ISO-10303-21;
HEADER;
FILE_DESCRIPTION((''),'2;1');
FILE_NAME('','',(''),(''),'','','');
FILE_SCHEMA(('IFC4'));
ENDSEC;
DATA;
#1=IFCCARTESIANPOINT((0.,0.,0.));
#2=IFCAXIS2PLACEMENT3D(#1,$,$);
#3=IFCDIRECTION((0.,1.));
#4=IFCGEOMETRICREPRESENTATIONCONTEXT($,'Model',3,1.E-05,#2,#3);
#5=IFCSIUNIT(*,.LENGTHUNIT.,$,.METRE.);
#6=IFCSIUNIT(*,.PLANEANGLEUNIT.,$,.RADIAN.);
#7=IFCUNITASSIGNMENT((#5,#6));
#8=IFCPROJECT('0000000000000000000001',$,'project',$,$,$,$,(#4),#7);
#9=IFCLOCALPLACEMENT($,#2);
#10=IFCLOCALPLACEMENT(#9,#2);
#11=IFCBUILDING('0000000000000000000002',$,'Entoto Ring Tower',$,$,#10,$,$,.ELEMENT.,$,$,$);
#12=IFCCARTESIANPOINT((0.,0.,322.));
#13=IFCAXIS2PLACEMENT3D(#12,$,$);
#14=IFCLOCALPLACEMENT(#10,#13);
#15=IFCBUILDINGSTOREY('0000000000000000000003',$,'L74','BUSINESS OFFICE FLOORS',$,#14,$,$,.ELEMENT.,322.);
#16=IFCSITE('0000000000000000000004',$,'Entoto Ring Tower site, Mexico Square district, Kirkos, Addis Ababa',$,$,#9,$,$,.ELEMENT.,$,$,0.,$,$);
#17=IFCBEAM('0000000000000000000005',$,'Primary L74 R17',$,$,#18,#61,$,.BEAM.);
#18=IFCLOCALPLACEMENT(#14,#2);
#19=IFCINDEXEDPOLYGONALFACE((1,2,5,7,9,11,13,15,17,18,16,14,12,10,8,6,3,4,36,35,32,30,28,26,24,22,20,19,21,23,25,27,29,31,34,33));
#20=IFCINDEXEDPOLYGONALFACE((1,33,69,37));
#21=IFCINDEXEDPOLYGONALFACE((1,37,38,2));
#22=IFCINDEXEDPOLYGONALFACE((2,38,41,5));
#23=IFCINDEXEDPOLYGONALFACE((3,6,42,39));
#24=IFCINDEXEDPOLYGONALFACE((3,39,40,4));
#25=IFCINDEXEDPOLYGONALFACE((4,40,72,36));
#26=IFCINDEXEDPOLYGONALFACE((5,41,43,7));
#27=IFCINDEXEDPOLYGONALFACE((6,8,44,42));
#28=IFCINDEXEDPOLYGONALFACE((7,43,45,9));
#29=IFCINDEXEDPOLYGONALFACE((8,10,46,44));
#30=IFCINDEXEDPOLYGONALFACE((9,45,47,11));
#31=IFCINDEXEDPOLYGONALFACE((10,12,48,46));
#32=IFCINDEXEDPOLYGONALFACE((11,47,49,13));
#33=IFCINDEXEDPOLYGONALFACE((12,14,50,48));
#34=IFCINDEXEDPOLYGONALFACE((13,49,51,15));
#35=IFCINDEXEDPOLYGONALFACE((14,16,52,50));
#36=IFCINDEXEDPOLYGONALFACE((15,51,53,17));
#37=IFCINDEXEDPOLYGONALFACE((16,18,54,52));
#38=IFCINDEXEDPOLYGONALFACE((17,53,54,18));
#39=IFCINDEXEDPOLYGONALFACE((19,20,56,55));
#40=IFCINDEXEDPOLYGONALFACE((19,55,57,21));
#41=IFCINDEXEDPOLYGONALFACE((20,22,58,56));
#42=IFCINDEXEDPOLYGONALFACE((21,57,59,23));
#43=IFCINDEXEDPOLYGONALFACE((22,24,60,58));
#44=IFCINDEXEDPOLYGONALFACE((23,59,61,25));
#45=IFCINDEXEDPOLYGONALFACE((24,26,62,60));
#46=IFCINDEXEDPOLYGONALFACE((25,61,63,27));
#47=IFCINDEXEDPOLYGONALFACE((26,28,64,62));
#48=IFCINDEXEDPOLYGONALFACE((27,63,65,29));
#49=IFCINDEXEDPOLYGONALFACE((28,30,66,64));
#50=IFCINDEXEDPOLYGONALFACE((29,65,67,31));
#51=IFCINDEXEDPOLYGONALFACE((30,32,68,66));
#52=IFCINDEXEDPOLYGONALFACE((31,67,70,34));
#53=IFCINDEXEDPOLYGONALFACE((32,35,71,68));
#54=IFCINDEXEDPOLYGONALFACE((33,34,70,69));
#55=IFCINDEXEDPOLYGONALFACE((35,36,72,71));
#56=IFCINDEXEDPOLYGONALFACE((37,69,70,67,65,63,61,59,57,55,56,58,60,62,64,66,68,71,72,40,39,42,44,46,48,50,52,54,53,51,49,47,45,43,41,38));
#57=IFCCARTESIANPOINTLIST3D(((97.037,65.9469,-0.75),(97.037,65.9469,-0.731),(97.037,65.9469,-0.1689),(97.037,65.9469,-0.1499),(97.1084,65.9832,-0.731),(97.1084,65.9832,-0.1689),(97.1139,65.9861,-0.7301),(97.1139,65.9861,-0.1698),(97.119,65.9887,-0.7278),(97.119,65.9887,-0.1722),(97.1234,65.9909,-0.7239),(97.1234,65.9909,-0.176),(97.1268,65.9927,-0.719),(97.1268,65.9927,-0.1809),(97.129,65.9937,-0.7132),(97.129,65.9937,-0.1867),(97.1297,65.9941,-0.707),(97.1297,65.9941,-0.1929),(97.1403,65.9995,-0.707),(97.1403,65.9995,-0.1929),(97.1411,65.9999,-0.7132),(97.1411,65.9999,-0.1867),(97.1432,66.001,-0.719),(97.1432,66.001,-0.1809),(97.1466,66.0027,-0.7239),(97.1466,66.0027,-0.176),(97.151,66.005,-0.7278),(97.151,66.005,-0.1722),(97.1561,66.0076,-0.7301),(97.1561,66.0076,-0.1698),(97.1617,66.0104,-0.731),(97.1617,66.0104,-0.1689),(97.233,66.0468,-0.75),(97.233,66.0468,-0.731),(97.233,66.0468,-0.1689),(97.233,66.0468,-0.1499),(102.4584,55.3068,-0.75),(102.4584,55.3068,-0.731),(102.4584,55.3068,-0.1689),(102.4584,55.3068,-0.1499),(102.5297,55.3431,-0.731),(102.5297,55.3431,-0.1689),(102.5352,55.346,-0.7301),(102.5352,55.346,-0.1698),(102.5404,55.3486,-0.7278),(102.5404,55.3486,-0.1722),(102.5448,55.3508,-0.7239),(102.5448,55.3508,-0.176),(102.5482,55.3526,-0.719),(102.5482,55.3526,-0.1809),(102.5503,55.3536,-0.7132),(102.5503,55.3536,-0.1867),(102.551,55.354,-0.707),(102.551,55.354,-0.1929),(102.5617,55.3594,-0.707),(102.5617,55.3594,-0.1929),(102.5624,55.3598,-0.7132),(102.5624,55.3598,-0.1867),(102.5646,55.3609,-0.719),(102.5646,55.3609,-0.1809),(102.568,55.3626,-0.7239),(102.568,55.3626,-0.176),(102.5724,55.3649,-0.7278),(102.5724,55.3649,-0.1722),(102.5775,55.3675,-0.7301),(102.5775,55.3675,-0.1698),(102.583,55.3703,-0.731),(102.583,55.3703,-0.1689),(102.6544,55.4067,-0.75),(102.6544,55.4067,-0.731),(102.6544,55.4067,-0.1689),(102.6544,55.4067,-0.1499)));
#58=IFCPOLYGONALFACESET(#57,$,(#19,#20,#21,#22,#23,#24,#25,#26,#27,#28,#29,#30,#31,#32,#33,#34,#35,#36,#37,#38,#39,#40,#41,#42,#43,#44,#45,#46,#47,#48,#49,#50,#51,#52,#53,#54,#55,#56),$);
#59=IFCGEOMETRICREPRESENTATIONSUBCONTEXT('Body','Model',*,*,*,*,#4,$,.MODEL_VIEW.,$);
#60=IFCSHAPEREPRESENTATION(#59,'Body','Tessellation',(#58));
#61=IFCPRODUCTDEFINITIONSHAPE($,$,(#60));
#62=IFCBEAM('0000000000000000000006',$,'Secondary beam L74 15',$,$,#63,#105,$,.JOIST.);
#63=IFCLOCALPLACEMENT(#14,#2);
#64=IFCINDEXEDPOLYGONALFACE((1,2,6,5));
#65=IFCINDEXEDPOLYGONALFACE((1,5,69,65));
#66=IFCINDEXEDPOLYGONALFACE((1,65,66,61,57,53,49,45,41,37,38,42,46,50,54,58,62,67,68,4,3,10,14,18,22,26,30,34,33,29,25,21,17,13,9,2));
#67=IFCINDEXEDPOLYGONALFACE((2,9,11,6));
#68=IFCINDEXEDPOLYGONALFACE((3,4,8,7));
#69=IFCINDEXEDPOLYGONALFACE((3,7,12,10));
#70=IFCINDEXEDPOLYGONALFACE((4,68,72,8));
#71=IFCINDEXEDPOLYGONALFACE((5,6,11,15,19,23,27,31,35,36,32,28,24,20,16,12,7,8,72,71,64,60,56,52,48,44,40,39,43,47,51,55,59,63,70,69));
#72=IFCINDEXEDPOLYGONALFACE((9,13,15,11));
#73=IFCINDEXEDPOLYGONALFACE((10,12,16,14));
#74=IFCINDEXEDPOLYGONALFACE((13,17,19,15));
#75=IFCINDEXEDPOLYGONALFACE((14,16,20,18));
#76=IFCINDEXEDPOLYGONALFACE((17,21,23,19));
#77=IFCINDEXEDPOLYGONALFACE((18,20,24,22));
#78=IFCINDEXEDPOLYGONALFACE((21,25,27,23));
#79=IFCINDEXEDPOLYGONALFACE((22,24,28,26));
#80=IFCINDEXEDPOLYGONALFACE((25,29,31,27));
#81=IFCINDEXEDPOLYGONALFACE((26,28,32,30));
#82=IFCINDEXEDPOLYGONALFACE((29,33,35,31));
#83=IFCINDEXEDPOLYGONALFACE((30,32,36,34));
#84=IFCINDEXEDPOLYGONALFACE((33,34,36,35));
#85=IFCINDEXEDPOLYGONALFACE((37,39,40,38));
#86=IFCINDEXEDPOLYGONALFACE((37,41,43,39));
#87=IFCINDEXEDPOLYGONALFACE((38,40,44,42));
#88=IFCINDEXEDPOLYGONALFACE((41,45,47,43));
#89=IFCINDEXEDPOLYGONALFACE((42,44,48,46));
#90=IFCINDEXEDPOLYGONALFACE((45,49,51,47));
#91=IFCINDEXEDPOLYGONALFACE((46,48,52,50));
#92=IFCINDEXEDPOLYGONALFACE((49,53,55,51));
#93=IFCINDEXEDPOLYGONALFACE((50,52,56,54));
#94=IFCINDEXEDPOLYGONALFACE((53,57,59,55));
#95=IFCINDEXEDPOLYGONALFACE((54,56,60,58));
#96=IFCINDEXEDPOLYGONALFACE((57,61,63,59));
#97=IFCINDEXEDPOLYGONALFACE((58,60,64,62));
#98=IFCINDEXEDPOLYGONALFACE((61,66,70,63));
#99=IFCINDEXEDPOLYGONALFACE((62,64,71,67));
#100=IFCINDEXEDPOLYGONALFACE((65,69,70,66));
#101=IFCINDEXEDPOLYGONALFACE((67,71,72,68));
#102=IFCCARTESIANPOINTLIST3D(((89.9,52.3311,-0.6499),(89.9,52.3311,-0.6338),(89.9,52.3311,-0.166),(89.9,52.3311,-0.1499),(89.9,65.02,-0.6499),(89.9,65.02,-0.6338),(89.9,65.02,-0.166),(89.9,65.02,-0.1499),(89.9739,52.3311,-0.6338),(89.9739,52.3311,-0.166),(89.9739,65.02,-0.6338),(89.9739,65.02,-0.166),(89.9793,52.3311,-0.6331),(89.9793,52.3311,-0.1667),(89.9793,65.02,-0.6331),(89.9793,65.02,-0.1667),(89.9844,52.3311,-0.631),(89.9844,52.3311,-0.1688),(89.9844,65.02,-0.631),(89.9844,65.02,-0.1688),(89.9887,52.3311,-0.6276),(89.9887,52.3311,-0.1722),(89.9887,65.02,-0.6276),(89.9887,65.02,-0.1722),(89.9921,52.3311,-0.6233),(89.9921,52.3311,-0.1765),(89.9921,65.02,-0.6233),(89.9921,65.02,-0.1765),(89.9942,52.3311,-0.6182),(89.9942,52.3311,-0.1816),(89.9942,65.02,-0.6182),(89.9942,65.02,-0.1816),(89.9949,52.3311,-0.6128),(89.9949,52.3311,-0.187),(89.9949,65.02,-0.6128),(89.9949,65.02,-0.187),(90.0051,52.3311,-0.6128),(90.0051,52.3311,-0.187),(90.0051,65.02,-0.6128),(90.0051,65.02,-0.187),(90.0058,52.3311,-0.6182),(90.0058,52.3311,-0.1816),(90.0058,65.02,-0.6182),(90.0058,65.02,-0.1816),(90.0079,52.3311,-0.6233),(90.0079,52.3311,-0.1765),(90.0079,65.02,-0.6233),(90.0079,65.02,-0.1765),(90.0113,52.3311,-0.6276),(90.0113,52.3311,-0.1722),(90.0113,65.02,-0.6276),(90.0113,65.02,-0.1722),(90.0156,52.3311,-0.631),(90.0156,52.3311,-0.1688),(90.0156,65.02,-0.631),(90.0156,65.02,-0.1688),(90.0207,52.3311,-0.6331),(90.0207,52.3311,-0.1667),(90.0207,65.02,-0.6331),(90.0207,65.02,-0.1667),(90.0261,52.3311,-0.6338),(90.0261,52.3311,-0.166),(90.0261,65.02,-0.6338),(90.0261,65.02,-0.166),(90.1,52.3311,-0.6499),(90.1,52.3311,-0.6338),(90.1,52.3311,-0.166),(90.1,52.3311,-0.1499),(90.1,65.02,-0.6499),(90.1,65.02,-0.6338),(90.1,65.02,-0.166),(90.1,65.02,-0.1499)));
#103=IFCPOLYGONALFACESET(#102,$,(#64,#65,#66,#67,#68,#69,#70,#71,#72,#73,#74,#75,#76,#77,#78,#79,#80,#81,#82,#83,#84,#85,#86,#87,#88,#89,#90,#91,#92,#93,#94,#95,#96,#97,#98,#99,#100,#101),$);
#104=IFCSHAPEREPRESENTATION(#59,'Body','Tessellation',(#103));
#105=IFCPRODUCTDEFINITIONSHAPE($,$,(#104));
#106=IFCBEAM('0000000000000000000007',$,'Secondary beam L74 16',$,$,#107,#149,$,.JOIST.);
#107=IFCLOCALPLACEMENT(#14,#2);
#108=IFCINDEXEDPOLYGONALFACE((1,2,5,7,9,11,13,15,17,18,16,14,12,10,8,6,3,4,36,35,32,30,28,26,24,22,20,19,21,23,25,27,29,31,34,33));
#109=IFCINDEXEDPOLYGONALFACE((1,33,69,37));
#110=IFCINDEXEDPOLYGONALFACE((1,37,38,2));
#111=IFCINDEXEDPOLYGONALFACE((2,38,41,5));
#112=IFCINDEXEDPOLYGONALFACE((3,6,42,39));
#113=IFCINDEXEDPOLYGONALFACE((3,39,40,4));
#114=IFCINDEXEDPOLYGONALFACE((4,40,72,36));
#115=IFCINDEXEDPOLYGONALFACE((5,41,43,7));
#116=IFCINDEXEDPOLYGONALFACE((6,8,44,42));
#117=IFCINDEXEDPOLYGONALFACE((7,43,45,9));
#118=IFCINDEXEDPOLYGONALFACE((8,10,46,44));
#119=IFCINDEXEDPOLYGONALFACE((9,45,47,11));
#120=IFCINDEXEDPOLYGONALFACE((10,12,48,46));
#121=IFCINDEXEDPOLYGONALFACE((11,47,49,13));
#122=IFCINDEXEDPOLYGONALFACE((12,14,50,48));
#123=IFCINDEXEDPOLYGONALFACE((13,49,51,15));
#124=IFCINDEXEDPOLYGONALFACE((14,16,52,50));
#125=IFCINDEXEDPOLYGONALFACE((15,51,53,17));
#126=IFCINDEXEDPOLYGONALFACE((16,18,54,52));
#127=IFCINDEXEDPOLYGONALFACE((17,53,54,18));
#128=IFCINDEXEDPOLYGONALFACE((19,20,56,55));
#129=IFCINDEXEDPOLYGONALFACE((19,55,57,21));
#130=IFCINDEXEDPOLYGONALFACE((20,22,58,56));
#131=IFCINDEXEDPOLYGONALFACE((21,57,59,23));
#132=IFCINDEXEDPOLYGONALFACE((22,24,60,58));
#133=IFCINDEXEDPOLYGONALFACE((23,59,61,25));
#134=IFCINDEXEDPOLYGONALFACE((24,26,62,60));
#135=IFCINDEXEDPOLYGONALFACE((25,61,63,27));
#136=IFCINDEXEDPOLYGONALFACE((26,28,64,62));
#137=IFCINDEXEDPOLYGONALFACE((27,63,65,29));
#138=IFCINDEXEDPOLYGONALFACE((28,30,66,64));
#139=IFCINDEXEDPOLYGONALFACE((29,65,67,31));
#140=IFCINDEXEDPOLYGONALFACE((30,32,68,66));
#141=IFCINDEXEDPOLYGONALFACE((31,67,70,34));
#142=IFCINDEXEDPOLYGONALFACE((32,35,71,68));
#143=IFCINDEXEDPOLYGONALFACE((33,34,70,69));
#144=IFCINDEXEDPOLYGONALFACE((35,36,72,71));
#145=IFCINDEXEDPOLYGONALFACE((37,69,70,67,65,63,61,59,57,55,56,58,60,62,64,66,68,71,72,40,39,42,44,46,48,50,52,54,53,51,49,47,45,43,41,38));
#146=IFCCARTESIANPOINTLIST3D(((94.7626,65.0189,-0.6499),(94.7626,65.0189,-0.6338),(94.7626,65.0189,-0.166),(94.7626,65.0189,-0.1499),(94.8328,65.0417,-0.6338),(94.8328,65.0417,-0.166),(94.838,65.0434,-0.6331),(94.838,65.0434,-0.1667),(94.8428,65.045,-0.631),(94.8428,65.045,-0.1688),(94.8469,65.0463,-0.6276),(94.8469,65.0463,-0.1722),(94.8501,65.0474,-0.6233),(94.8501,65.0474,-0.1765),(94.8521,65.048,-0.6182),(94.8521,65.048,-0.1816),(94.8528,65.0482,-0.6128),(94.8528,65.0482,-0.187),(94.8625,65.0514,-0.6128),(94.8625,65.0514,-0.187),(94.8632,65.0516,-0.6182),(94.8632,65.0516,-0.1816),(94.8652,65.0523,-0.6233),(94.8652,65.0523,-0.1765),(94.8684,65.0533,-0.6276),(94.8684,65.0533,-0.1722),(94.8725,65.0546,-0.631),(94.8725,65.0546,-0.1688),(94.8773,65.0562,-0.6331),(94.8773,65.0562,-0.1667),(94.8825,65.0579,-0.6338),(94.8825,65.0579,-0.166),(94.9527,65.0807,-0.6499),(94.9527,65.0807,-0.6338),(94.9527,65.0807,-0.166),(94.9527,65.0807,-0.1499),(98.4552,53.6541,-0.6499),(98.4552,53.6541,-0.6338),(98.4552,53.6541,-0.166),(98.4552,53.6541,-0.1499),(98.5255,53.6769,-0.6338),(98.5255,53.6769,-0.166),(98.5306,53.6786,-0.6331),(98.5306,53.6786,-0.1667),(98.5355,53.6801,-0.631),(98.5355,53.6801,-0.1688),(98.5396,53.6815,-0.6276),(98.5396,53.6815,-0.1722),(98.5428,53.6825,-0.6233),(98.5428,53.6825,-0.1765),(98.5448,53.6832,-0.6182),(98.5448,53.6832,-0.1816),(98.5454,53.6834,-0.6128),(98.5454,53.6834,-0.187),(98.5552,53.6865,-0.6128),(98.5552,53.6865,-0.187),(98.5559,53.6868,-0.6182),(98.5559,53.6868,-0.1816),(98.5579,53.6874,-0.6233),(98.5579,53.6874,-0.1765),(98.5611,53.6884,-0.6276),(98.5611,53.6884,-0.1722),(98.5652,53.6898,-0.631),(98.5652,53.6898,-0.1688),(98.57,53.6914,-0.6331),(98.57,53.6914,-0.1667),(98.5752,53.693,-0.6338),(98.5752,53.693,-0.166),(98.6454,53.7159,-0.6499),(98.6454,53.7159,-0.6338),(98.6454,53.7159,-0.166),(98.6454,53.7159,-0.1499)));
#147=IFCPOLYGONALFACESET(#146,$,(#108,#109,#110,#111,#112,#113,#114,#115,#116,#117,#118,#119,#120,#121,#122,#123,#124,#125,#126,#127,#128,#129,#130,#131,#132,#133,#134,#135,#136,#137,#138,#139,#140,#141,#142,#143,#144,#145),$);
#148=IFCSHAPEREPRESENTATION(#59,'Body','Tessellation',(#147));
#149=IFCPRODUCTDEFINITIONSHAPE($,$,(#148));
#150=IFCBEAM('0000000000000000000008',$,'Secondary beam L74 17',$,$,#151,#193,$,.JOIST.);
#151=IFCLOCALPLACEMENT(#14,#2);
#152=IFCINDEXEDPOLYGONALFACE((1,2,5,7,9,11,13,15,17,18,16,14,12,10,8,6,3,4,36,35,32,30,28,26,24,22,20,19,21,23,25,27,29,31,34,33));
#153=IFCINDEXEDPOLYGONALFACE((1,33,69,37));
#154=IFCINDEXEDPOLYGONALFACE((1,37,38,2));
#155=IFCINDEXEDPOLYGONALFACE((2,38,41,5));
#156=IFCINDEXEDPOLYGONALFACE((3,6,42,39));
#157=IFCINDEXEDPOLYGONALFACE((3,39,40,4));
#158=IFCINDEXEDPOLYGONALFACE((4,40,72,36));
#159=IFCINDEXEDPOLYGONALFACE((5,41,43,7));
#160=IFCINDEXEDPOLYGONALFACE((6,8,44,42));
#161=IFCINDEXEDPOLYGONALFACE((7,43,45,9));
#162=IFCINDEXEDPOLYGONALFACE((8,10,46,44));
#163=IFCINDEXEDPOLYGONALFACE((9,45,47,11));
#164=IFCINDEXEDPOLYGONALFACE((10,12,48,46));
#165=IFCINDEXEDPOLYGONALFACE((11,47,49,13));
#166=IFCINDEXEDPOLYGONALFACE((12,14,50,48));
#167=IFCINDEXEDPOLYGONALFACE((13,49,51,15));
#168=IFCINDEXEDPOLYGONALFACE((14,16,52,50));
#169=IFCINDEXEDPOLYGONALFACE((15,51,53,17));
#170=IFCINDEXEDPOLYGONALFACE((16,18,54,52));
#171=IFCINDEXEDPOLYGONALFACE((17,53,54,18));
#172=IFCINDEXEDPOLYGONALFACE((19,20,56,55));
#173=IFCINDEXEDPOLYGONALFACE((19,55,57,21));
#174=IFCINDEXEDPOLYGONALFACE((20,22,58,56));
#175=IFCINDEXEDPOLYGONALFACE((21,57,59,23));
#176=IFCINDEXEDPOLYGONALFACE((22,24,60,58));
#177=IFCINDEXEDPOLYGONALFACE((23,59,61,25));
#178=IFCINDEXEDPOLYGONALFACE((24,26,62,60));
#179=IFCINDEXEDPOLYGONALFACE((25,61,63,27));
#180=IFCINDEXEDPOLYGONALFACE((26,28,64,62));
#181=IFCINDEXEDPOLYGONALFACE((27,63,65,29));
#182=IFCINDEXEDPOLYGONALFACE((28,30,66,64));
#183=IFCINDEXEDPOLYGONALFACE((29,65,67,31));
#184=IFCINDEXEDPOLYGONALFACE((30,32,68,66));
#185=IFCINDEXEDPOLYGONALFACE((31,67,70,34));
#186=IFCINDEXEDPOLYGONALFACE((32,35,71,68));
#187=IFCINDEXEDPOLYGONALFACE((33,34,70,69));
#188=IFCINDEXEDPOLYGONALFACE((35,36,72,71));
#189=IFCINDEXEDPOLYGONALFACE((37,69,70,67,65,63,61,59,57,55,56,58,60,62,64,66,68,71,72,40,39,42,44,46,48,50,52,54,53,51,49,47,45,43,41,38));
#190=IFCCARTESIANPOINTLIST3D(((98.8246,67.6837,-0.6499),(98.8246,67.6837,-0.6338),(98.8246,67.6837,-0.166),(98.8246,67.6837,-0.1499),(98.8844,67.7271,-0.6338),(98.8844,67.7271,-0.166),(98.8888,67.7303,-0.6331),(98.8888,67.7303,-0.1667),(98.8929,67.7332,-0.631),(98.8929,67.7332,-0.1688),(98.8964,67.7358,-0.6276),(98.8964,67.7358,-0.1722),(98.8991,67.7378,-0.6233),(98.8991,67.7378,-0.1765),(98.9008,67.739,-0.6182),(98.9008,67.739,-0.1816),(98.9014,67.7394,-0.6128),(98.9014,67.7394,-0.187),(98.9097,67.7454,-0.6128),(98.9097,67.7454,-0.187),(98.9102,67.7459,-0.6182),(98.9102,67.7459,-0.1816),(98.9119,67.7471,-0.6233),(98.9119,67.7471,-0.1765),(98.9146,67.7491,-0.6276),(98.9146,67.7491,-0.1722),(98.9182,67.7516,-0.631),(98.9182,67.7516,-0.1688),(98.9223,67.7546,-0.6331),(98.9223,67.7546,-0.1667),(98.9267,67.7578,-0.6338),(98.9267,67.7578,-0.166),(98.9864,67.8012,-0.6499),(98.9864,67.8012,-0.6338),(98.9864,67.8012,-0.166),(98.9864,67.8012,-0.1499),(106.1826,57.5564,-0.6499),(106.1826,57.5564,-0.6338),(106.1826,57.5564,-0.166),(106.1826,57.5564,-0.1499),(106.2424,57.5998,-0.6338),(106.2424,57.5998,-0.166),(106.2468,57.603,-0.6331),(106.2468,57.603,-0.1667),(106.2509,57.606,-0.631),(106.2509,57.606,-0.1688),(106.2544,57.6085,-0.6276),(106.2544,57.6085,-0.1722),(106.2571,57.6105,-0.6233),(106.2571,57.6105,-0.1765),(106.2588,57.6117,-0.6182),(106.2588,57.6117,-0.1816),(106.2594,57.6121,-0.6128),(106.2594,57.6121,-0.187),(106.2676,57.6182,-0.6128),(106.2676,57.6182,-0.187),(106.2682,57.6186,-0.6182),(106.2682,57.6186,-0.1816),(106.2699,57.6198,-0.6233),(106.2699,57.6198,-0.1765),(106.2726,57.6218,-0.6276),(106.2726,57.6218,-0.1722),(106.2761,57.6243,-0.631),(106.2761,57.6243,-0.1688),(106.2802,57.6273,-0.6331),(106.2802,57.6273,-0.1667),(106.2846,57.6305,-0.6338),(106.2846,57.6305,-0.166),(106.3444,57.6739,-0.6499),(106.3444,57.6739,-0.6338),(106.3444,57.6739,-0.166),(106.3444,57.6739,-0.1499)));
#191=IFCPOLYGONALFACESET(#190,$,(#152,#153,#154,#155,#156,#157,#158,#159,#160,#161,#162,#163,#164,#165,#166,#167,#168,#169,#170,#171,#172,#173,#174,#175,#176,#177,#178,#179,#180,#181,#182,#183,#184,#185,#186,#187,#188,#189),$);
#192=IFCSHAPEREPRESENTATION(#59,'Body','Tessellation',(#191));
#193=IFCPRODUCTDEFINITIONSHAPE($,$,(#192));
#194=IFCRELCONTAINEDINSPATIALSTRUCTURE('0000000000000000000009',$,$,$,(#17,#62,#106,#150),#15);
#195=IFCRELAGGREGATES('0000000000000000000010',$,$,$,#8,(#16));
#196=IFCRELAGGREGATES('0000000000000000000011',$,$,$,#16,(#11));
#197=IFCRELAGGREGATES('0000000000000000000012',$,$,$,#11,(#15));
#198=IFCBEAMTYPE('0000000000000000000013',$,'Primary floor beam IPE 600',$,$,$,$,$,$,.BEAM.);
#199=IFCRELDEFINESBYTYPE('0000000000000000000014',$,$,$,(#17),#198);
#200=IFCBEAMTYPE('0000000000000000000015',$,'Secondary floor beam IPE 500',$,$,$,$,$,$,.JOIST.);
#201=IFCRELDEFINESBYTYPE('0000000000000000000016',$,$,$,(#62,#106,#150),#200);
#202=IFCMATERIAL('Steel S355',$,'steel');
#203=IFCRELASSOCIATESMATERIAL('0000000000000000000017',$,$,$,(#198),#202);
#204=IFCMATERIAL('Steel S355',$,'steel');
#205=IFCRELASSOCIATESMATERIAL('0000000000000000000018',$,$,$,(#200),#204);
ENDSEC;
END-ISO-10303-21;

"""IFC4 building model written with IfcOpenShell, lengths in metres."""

from ifc_helpers import new_model, si_unit, direction, frame, origin, origin_2d, place, context, subcontext, project, spatial, i_section, extrude, material, material_profile, profile_set, type_object, element, save


model = new_model("IFC4")

# Units and contexts
model_context = context("Model", 3, precision=1e-05, world=origin(), true_north=direction((0.0, 1.0)))
body_context = subcontext(model_context, "Body", "Model", "MODEL_VIEW")
ifc_project = project(units=[si_unit("LENGTHUNIT", "METRE"), si_unit("PLANEANGLEUNIT", "RADIAN")], contexts=[model_context])

# Site, building, storey
site_placement = place(None, origin())
site = spatial("IfcSite", under=ifc_project, at=site_placement, Name="Entoto Ring Tower site, Mexico Square district, Kirkos, Addis Ababa", CompositionType="ELEMENT", RefElevation=0.0)
building_placement = place(site_placement, origin())
building = spatial("IfcBuilding", under=site, at=building_placement, Name="Entoto Ring Tower", CompositionType="ELEMENT")
storey_placement = place(building_placement, frame((0.0, 0.0, 322.0)))
storey = spatial("IfcBuildingStorey", under=building, at=storey_placement, Name="L74", Description="BUSINESS OFFICE FLOORS", CompositionType="ELEMENT", Elevation=322.0)

# Beams
ifc_material_1 = material(Name="Steel S355", Category="steel")
ifc_material_profile_1 = material_profile(ifc_material_1, i_section(OverallWidth=0.22, OverallDepth=0.6001, WebThickness=0.012, FlangeThickness=0.019, FilletRadius=0.0239, at=origin_2d()), Name="IPE 600")
ifc_profile_set_1 = profile_set([ifc_material_profile_1], Name="Steel S355")
beam_type_1 = type_object("IfcBeamType", Name="Primary floor beam IPE 600", PredefinedType="BEAM", material=ifc_profile_set_1)
beam_1_placement = place(storey_placement, frame((97.135, 65.9968, -0.45), z_axis=(0.453988, -0.891008, 0.0), x_axis=(0.891008, 0.453988, 0.0)))
element("IfcBeam", 1, at=beam_1_placement, inside=storey, type_object=beam_type_1, Name="Primary L74 R17", PredefinedType="BEAM", context=body_context, shape_type="SweptSolid", body=[
    extrude(i_section(OverallWidth=0.22, OverallDepth=0.6001, WebThickness=0.012, FlangeThickness=0.019, FilletRadius=0.0239, at=origin_2d()), origin(), (0.0, 0.0, 1.0), 11.9417),
])
ifc_material_2 = material(Name="Steel S355", Category="steel")
ifc_material_profile_2 = material_profile(ifc_material_2, i_section(OverallWidth=0.2, OverallDepth=0.5, WebThickness=0.0103, FlangeThickness=0.0161, FilletRadius=0.021, at=origin_2d()), Name="IPE 500")
ifc_profile_set_2 = profile_set([ifc_material_profile_2], Name="Steel S355")
beam_type_2 = type_object("IfcBeamType", Name="Secondary floor beam IPE 500", PredefinedType="JOIST", material=ifc_profile_set_2)
beam_2_placement = place(storey_placement, frame((90.0, 65.02, -0.3999), z_axis=(0.0, -1.0, 0.0), x_axis=(1.0, 0.0, 0.0)))
element("IfcBeam", 2, at=beam_2_placement, inside=storey, type_object=beam_type_2, Name="Secondary beam L74 15", PredefinedType="JOIST", context=body_context, shape_type="SweptSolid", body=[
    extrude(i_section(OverallWidth=0.2, OverallDepth=0.5, WebThickness=0.0103, FlangeThickness=0.0161, FilletRadius=0.021, at=origin_2d()), origin(), (0.0, 0.0, 1.0), 12.689),
])
beam_3_placement = place(storey_placement, frame((94.8577, 65.0498, -0.3999), z_axis=(0.309017, -0.951057, 0.0), x_axis=(0.951057, 0.309017, 0.0)))
element("IfcBeam", 3, at=beam_3_placement, inside=storey, type_object=beam_type_2, Name="Secondary beam L74 16", PredefinedType="JOIST", context=body_context, shape_type="SweptSolid", body=[
    extrude(i_section(OverallWidth=0.2, OverallDepth=0.5, WebThickness=0.0103, FlangeThickness=0.0161, FilletRadius=0.021, at=origin_2d()), origin(), (0.0, 0.0, 1.0), 11.9497),
])
beam_4_placement = place(storey_placement, frame((98.9055, 67.7424, -0.3999), z_axis=(0.587789, -0.809014, 0.0), x_axis=(0.809014, 0.587789, 0.0)))
element("IfcBeam", 4, at=beam_4_placement, inside=storey, type_object=beam_type_2, Name="Secondary beam L74 17", PredefinedType="JOIST", context=body_context, shape_type="SweptSolid", body=[
    extrude(i_section(OverallWidth=0.2, OverallDepth=0.5, WebThickness=0.0103, FlangeThickness=0.0161, FilletRadius=0.021, at=origin_2d()), origin(), (0.0, 0.0, 1.0), 12.5181),
])

save(model, "model.ifc")
